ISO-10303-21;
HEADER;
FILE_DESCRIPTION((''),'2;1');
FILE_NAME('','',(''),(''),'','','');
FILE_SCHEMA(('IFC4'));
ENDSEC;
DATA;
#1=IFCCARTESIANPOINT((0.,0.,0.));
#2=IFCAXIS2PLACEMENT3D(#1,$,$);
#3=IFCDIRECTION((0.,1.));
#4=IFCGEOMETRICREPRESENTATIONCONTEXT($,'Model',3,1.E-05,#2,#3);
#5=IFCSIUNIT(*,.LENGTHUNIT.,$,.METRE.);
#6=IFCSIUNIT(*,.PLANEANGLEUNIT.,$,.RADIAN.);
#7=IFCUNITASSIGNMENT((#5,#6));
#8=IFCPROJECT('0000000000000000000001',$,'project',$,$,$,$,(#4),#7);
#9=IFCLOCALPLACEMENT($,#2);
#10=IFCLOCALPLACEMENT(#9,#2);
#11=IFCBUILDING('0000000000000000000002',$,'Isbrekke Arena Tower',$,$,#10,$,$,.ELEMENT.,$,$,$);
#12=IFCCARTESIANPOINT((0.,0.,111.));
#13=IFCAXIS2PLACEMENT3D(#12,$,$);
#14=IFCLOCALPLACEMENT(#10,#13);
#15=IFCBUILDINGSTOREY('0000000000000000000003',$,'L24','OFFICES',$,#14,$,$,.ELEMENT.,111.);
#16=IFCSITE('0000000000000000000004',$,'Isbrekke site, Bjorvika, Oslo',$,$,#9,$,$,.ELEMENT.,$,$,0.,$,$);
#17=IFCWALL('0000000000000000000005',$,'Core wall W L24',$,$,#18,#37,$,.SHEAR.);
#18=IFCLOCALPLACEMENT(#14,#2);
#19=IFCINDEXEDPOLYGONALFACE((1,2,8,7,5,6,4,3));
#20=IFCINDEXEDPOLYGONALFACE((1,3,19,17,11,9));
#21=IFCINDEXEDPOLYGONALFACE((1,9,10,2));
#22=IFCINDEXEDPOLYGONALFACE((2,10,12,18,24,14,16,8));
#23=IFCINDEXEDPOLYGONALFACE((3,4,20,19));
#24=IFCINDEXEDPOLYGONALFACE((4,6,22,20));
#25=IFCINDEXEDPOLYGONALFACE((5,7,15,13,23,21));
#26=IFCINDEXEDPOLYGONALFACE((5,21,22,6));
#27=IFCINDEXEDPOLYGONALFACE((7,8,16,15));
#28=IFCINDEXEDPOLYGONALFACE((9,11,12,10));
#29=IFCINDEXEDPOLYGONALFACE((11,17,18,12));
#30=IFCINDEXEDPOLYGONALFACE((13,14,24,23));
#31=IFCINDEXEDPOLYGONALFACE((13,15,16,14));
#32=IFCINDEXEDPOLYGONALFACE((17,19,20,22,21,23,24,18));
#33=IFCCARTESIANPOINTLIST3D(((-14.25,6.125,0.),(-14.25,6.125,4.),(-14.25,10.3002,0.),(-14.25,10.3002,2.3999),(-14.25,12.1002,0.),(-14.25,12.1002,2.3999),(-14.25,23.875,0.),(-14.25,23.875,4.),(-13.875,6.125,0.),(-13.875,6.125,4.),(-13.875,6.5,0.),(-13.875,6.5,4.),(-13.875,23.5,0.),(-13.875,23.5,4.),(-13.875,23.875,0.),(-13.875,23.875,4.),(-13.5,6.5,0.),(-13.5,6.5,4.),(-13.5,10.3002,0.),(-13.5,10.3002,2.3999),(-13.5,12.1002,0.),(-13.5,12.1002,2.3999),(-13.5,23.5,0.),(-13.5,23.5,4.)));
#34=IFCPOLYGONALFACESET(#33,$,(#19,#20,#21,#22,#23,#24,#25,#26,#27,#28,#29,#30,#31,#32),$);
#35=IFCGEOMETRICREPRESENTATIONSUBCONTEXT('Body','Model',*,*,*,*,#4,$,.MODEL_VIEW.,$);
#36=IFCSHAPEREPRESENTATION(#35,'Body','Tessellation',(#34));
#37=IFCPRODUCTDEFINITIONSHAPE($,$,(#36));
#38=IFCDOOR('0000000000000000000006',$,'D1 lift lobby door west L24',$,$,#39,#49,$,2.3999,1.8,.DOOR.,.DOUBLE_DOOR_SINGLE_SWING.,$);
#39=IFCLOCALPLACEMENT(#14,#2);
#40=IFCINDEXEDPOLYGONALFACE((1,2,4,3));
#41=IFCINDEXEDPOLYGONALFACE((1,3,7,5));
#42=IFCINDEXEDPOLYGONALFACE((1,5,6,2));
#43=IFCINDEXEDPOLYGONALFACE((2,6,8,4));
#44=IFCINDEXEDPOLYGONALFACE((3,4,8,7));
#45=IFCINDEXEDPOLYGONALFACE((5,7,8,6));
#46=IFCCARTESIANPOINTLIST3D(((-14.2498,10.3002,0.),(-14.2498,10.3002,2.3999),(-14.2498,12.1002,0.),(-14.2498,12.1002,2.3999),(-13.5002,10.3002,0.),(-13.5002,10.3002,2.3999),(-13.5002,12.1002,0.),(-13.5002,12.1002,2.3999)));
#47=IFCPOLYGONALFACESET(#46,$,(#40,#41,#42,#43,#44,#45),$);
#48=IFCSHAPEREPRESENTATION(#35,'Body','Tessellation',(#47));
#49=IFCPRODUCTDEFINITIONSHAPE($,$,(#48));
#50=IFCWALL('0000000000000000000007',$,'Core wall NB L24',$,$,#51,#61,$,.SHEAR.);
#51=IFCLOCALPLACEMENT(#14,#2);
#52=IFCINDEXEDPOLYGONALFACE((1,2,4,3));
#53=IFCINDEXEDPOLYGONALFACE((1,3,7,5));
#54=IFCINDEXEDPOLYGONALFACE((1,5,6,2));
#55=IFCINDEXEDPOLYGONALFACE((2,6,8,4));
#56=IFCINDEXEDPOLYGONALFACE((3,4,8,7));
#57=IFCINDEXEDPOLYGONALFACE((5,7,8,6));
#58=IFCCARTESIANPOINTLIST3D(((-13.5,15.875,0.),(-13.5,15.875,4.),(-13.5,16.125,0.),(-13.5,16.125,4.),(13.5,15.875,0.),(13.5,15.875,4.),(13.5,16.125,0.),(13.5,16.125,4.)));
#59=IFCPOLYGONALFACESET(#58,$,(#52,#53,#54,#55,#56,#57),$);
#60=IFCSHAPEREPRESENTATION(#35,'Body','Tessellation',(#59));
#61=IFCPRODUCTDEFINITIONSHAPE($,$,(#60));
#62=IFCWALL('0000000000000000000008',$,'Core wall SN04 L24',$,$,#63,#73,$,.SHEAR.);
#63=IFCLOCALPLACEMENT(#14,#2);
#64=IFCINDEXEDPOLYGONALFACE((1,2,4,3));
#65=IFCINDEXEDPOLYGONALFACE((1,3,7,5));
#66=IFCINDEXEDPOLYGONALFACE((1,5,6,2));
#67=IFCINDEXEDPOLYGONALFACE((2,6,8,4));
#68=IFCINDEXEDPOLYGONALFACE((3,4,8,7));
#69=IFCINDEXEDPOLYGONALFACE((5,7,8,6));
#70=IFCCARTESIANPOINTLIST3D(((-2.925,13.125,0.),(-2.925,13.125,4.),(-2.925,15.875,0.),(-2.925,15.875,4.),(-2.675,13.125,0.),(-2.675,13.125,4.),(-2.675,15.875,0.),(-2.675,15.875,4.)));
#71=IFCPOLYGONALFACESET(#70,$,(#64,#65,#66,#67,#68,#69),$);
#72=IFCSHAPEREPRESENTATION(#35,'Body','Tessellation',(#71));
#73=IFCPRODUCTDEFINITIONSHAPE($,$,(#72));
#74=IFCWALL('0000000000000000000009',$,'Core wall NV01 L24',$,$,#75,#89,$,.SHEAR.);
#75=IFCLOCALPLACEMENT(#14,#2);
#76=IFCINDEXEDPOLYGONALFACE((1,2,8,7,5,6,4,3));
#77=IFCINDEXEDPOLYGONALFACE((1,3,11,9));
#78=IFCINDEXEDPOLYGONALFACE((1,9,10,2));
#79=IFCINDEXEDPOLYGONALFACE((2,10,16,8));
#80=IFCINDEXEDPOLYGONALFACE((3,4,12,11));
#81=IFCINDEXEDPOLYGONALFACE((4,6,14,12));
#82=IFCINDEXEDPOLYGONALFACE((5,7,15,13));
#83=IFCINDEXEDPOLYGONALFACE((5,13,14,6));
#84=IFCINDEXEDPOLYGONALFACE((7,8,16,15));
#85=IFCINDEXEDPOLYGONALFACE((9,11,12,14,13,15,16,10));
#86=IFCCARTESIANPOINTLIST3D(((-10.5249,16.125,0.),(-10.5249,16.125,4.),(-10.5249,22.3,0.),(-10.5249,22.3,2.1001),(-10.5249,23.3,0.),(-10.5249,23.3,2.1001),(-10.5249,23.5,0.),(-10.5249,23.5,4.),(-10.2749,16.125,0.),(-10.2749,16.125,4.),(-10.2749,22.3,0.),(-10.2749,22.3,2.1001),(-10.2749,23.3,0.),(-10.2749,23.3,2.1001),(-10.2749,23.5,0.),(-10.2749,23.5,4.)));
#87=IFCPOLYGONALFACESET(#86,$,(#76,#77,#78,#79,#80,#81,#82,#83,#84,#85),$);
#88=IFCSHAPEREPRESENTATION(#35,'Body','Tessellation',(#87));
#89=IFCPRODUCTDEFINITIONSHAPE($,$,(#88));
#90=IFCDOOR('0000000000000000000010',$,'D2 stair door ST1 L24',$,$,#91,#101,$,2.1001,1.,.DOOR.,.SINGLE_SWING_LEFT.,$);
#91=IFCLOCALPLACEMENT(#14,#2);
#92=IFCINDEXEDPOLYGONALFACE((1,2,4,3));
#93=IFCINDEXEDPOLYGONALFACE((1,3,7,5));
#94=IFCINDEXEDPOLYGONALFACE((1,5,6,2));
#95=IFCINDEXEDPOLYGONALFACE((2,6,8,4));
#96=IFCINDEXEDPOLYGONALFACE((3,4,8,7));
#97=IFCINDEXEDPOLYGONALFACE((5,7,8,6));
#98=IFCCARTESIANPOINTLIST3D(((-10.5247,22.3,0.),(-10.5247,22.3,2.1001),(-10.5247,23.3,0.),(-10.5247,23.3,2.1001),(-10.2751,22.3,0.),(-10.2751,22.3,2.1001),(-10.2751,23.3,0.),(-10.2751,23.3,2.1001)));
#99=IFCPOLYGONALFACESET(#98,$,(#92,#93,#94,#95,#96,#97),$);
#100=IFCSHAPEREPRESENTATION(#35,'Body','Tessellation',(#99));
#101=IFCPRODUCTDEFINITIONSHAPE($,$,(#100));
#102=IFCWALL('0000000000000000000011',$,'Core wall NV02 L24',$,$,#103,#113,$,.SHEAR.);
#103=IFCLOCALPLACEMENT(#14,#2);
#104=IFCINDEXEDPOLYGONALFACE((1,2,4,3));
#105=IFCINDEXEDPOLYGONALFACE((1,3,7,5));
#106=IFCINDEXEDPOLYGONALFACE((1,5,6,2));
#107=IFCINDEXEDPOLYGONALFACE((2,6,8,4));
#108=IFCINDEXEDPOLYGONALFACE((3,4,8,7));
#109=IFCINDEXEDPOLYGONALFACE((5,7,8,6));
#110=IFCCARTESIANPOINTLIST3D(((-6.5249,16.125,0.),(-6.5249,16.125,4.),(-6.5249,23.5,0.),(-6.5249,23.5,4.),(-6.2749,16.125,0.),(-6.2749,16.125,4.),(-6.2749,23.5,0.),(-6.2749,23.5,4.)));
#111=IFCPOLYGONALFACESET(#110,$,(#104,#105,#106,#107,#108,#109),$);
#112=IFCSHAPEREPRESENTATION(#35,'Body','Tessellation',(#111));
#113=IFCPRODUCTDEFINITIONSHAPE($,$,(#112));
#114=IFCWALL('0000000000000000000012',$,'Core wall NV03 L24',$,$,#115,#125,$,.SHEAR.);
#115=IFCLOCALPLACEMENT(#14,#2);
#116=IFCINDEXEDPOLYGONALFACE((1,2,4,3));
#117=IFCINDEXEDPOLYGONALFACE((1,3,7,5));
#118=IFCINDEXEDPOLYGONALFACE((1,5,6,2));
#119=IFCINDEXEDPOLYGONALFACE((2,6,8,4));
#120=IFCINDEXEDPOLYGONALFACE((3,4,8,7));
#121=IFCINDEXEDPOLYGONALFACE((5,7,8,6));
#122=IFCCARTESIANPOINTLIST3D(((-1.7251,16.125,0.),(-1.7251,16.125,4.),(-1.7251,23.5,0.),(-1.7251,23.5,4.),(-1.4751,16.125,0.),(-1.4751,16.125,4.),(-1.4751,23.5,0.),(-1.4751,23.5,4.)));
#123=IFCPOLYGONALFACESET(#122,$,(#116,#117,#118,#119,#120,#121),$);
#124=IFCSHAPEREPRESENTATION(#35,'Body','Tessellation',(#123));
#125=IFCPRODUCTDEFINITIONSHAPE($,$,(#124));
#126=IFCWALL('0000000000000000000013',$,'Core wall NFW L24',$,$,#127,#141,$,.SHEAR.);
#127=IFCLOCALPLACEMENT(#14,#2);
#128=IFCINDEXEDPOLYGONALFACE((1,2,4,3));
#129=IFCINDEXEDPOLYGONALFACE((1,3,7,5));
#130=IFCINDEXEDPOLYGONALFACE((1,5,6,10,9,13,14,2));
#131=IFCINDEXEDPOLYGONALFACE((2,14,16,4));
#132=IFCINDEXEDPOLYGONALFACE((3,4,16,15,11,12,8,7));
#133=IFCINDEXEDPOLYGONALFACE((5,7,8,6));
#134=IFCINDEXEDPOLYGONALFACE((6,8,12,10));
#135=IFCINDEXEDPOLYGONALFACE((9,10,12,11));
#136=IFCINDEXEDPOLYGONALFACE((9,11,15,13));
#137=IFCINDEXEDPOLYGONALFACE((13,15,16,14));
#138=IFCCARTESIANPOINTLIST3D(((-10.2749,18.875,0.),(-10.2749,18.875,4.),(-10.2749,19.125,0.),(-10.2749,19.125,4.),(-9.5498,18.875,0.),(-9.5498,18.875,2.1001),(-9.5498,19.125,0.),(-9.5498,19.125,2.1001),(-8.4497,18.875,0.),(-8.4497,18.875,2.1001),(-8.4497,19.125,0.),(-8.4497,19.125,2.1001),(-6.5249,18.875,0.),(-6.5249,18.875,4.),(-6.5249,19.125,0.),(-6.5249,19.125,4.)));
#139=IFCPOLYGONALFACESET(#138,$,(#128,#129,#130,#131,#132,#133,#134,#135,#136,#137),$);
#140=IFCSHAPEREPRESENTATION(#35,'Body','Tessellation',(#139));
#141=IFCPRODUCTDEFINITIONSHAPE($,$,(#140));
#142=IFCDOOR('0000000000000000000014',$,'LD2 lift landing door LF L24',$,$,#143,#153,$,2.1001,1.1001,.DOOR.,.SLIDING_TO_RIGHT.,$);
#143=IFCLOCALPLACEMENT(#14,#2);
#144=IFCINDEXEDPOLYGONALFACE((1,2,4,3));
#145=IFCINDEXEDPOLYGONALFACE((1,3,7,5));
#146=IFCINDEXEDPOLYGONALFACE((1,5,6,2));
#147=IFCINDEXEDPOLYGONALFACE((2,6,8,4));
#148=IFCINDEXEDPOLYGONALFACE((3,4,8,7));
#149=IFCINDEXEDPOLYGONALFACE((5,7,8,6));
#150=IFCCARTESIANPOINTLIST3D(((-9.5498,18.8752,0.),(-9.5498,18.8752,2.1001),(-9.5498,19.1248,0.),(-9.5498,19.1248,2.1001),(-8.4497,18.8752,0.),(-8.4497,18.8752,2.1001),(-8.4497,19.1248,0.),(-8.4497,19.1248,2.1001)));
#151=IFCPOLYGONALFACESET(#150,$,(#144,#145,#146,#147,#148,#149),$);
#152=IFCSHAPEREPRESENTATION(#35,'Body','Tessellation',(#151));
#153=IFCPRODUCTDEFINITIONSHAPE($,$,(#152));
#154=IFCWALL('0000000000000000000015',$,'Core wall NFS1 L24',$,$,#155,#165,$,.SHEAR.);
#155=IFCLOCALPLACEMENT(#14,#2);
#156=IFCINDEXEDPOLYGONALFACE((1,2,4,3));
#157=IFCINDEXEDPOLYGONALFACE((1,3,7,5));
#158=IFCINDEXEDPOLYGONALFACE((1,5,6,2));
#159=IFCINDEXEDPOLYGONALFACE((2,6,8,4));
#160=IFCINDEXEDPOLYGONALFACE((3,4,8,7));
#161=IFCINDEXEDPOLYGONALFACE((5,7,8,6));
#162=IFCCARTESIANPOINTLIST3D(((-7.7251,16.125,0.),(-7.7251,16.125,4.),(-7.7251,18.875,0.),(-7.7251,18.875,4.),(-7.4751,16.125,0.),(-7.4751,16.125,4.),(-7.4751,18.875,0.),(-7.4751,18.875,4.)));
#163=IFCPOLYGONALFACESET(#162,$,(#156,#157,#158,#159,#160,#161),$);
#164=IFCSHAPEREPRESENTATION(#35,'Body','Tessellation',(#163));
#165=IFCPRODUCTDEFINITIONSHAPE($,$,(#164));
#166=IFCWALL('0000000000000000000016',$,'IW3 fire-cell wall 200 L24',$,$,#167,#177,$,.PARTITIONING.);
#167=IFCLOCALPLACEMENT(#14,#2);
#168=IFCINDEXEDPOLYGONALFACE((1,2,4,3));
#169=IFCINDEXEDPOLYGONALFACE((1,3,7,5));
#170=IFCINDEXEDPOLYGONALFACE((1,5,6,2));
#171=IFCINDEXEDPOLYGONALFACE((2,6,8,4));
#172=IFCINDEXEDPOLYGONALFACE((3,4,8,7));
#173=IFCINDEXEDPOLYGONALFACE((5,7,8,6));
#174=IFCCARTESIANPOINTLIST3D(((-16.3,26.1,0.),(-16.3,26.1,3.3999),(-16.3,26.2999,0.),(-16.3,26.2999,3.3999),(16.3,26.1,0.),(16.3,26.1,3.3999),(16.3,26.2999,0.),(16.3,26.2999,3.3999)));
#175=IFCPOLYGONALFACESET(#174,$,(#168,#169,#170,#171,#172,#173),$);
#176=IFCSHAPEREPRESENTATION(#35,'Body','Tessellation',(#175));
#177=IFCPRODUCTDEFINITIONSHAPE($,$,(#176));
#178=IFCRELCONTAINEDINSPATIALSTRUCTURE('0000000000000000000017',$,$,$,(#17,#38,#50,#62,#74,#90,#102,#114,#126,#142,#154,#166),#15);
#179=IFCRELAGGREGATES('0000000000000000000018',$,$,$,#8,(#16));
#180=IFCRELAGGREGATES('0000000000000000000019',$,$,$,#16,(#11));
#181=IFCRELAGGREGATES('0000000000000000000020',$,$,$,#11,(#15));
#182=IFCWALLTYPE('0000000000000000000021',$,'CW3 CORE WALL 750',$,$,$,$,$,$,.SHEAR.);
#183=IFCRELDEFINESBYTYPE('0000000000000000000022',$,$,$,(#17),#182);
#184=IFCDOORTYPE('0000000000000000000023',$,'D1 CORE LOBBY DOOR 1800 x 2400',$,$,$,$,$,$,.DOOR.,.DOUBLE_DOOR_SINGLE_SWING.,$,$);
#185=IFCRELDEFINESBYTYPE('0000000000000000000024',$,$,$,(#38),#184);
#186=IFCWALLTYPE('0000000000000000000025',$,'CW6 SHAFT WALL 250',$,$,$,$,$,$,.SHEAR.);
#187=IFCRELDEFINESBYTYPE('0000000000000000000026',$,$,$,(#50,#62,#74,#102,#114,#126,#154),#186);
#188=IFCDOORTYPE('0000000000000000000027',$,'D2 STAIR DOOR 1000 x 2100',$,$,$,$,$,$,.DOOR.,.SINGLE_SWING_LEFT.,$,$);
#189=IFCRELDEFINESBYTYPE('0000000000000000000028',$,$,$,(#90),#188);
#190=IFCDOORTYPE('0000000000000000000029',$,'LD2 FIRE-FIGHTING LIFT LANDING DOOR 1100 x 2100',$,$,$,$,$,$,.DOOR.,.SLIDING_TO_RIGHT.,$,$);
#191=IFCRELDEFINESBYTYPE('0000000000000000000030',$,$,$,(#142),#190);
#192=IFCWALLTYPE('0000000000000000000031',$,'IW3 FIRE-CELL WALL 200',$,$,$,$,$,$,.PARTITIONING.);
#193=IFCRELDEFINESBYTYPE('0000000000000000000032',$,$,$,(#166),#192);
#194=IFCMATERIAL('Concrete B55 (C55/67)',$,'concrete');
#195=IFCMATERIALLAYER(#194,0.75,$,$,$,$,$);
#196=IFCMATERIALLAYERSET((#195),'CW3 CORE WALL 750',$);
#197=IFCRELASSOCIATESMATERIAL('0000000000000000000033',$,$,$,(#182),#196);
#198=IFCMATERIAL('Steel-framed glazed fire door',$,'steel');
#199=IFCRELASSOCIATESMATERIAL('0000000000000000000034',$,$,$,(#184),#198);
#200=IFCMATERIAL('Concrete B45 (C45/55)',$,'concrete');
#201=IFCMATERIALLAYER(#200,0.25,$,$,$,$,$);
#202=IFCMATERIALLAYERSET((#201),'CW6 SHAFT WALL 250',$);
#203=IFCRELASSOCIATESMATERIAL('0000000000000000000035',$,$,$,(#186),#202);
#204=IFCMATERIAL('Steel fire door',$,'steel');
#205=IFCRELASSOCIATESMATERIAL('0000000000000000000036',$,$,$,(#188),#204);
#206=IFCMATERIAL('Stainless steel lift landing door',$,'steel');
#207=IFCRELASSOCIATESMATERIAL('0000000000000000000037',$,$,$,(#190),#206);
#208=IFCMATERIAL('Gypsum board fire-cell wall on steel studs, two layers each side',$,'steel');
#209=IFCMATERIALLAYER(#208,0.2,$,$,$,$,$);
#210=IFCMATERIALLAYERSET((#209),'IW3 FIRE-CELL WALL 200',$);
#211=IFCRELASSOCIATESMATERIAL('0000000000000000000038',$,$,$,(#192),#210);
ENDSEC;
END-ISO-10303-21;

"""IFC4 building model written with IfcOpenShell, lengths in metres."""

from ifc_helpers import new_model, si_unit, direction, frame, frame_2d, origin, place, context, subcontext, project, spatial, polyline, rectangle, outline, extrude, material, layer, layer_set, type_object, element, fill, save


model = new_model("IFC4")

# Units and contexts
model_context = context("Model", 3, precision=1e-05, world=origin(), true_north=direction((0.0, 1.0)))
body_context = subcontext(model_context, "Body", "Model", "MODEL_VIEW")
ifc_project = project(units=[si_unit("LENGTHUNIT", "METRE"), si_unit("PLANEANGLEUNIT", "RADIAN")], contexts=[model_context])

# Site, building, storey
site_placement = place(None, origin())
site = spatial("IfcSite", under=ifc_project, at=site_placement, Name="Isbrekke site, Bjorvika, Oslo", CompositionType="ELEMENT", RefElevation=0.0)
building_placement = place(site_placement, origin())
building = spatial("IfcBuilding", under=site, at=building_placement, Name="Isbrekke Arena Tower", CompositionType="ELEMENT")
storey_placement = place(building_placement, frame((0.0, 0.0, 111.0)))
storey = spatial("IfcBuildingStorey", under=building, at=storey_placement, Name="L24", Description="OFFICES", CompositionType="ELEMENT", Elevation=111.0)

# Wall, opening, door
ifc_material_1 = material(Name="Concrete B55 (C55/67)", Category="concrete")
ifc_layer_1 = layer(ifc_material_1, 0.75)
ifc_layer_set_1 = layer_set([ifc_layer_1], Name="CW3 CORE WALL 750")
wall_type_1 = type_object("IfcWallType", Name="CW3 CORE WALL 750", PredefinedType="SHEAR", material=ifc_layer_set_1)
wall_1_placement = place(storey_placement, frame((-13.875, 23.875, 0.0), z_axis=(0.0, 0.0, 1.0), x_axis=(0.0, -1.0, 0.0)))
wall_1 = element("IfcWall", 1, at=wall_1_placement, inside=storey, type_object=wall_type_1, Name="Core wall W L24", PredefinedType="SHEAR", context=body_context, shape_type="SweptSolid", body=[
    extrude(outline(polyline([(0.0, -0.375), (17.75, -0.375), (17.75, 0.0), (17.375, 0.0), (17.375, 0.375), (0.375, 0.375), (0.375, 0.0), (0.0, 0.0), (0.0, -0.375)])), origin(), (0.0, 0.0, 1.0), 4.0),
])
opening_1_placement = place(wall_1_placement, frame((11.7749, 0.0, 0.0)))
opening_1 = element("IfcOpeningElement", 2, at=opening_1_placement, cuts=wall_1, PredefinedType="OPENING", context=body_context, shape_type="SweptSolid", body=[
    extrude(rectangle(XDim=1.8, YDim=2.3999, at=frame_2d((0.8999, 1.2))), frame((0.0, 0.3899, 0.0), z_axis=(0.0, -1.0, 0.0), x_axis=(1.0, 0.0, 0.0)), (0.0, 0.0, 1.0), 0.7798),
])
ifc_material_2 = material(Name="Steel-framed glazed fire door", Category="steel")
door_type_1 = type_object("IfcDoorType", Name="D1 CORE LOBBY DOOR 1800 x 2400", OperationType="DOUBLE_DOOR_SINGLE_SWING", PredefinedType="DOOR", material=ifc_material_2)
door_1_placement = place(opening_1_placement, origin())
door_1 = element("IfcDoor", 3, at=door_1_placement, inside=storey, type_object=door_type_1, Name="D1 lift lobby door west L24", OperationType="DOUBLE_DOOR_SINGLE_SWING", OverallHeight=2.3999, OverallWidth=1.8, PredefinedType="DOOR", context=body_context, shape_type="SweptSolid", body=[
    extrude(rectangle(XDim=1.8, YDim=2.3999, at=frame_2d((0.8999, 1.2))), frame((0.0, 0.3748, 0.0), z_axis=(0.0, -1.0, 0.0), x_axis=(1.0, 0.0, 0.0)), (0.0, 0.0, 1.0), 0.7495),
])
fill(opening_1, door_1)

# Walls
ifc_material_3 = material(Name="Concrete B45 (C45/55)", Category="concrete")
ifc_layer_2 = layer(ifc_material_3, 0.25)
ifc_layer_set_2 = layer_set([ifc_layer_2], Name="CW6 SHAFT WALL 250")
wall_type_2 = type_object("IfcWallType", Name="CW6 SHAFT WALL 250", PredefinedType="SHEAR", material=ifc_layer_set_2)
wall_2_placement = place(storey_placement, frame((-13.5, 16.0, 0.0), z_axis=(0.0, 0.0, 1.0), x_axis=(1.0, 0.0, 0.0)))
element("IfcWall", 4, at=wall_2_placement, inside=storey, type_object=wall_type_2, Name="Core wall NB L24", PredefinedType="SHEAR", context=body_context, shape_type="SweptSolid", body=[
    extrude(rectangle(XDim=27.0, YDim=0.25, at=frame_2d((13.5, 0.0))), origin(), (0.0, 0.0, 1.0), 4.0),
])
wall_3_placement = place(storey_placement, frame((-2.8, 13.125, 0.0), z_axis=(0.0, 0.0, 1.0), x_axis=(0.0, 1.0, 0.0)))
element("IfcWall", 5, at=wall_3_placement, inside=storey, type_object=wall_type_2, Name="Core wall SN04 L24", PredefinedType="SHEAR", context=body_context, shape_type="SweptSolid", body=[
    extrude(rectangle(XDim=2.75, YDim=0.25, at=frame_2d((1.375, 0.0))), origin(), (0.0, 0.0, 1.0), 4.0),
])

# Wall, opening, door
wall_4_placement = place(storey_placement, frame((-10.3999, 16.125, 0.0), z_axis=(0.0, 0.0, 1.0), x_axis=(0.0, 1.0, 0.0)))
wall_4 = element("IfcWall", 6, at=wall_4_placement, inside=storey, type_object=wall_type_2, Name="Core wall NV01 L24", PredefinedType="SHEAR", context=body_context, shape_type="SweptSolid", body=[
    extrude(rectangle(XDim=7.375, YDim=0.25, at=frame_2d((3.6875, 0.0))), origin(), (0.0, 0.0, 1.0), 4.0),
])
opening_2_placement = place(wall_4_placement, frame((6.175, 0.0, 0.0)))
opening_2 = element("IfcOpeningElement", 7, at=opening_2_placement, cuts=wall_4, PredefinedType="OPENING", context=body_context, shape_type="SweptSolid", body=[
    extrude(rectangle(XDim=1.0, YDim=2.1001, at=frame_2d((0.5, 1.05))), frame((0.0, 0.1399, 0.0), z_axis=(0.0, -1.0, 0.0), x_axis=(1.0, 0.0, 0.0)), (0.0, 0.0, 1.0), 0.2798),
])
ifc_material_4 = material(Name="Steel fire door", Category="steel")
door_type_2 = type_object("IfcDoorType", Name="D2 STAIR DOOR 1000 x 2100", OperationType="SINGLE_SWING_LEFT", PredefinedType="DOOR", material=ifc_material_4)
door_2_placement = place(opening_2_placement, origin())
door_2 = element("IfcDoor", 8, at=door_2_placement, inside=storey, type_object=door_type_2, Name="D2 stair door ST1 L24", OperationType="SINGLE_SWING_LEFT", OverallHeight=2.1001, OverallWidth=1.0, PredefinedType="DOOR", context=body_context, shape_type="SweptSolid", body=[
    extrude(rectangle(XDim=1.0, YDim=2.1001, at=frame_2d((0.5, 1.05))), frame((0.0, 0.1248, 0.0), z_axis=(0.0, -1.0, 0.0), x_axis=(1.0, 0.0, 0.0)), (0.0, 0.0, 1.0), 0.2495),
])
fill(opening_2, door_2)

# Walls
for number, where, z_axis, x_axis, name in (
    (9, (-6.3999, 16.125, 0.0), (0.0, 0.0, 1.0), (0.0, 1.0, 0.0), "Core wall NV02 L24"),
    (10, (-1.6001, 16.125, 0.0), (0.0, 0.0, 1.0), (0.0, 1.0, 0.0), "Core wall NV03 L24"),
):
    element("IfcWall", number, at=place(storey_placement, frame(where, z_axis=z_axis, x_axis=x_axis)), inside=storey, type_object=wall_type_2, Name=name, PredefinedType="SHEAR", context=body_context, shape_type="SweptSolid", body=[
        extrude(rectangle(XDim=7.375, YDim=0.25, at=frame_2d((3.6875, 0.0))), origin(), (0.0, 0.0, 1.0), 4.0),
    ])

# Wall, opening, door
wall_5_placement = place(storey_placement, frame((-10.2749, 19.0, 0.0), z_axis=(0.0, 0.0, 1.0), x_axis=(1.0, 0.0, 0.0)))
wall_5 = element("IfcWall", 11, at=wall_5_placement, inside=storey, type_object=wall_type_2, Name="Core wall NFW L24", PredefinedType="SHEAR", context=body_context, shape_type="SweptSolid", body=[
    extrude(rectangle(XDim=3.75, YDim=0.25, at=frame_2d((1.875, 0.0))), origin(), (0.0, 0.0, 1.0), 4.0),
])
opening_3_placement = place(wall_5_placement, frame((0.7251, 0.0, 0.0)))
opening_3 = element("IfcOpeningElement", 12, at=opening_3_placement, cuts=wall_5, PredefinedType="OPENING", context=body_context, shape_type="SweptSolid", body=[
    extrude(rectangle(XDim=1.1001, YDim=2.1001, at=frame_2d((0.55, 1.05))), frame((0.0, 0.1399, 0.0), z_axis=(0.0, -1.0, 0.0), x_axis=(1.0, 0.0, 0.0)), (0.0, 0.0, 1.0), 0.2798),
])
ifc_material_5 = material(Name="Stainless steel lift landing door", Category="steel")
door_type_3 = type_object("IfcDoorType", Name="LD2 FIRE-FIGHTING LIFT LANDING DOOR 1100 x 2100", OperationType="SLIDING_TO_RIGHT", PredefinedType="DOOR", material=ifc_material_5)
door_3_placement = place(opening_3_placement, origin())
door_3 = element("IfcDoor", 13, at=door_3_placement, inside=storey, type_object=door_type_3, Name="LD2 lift landing door LF L24", OperationType="SLIDING_TO_RIGHT", OverallHeight=2.1001, OverallWidth=1.1001, PredefinedType="DOOR", context=body_context, shape_type="SweptSolid", body=[
    extrude(rectangle(XDim=1.1001, YDim=2.1001, at=frame_2d((0.55, 1.05))), frame((0.0, 0.1248, 0.0), z_axis=(0.0, -1.0, 0.0), x_axis=(1.0, 0.0, 0.0)), (0.0, 0.0, 1.0), 0.2495),
])
fill(opening_3, door_3)

# Walls
wall_6_placement = place(storey_placement, frame((-7.6001, 16.125, 0.0), z_axis=(0.0, 0.0, 1.0), x_axis=(0.0, 1.0, 0.0)))
element("IfcWall", 14, at=wall_6_placement, inside=storey, type_object=wall_type_2, Name="Core wall NFS1 L24", PredefinedType="SHEAR", context=body_context, shape_type="SweptSolid", body=[
    extrude(rectangle(XDim=2.75, YDim=0.25, at=frame_2d((1.375, 0.0))), origin(), (0.0, 0.0, 1.0), 4.0),
])
ifc_material_6 = material(Name="Gypsum board fire-cell wall on steel studs, two layers each side", Category="steel")
ifc_layer_3 = layer(ifc_material_6, 0.2)
ifc_layer_set_3 = layer_set([ifc_layer_3], Name="IW3 FIRE-CELL WALL 200")
wall_type_3 = type_object("IfcWallType", Name="IW3 FIRE-CELL WALL 200", PredefinedType="PARTITIONING", material=ifc_layer_set_3)
wall_7_placement = place(storey_placement, frame((-16.3, 26.2, 0.0), z_axis=(0.0, 0.0, 1.0), x_axis=(1.0, 0.0, 0.0)))
element("IfcWall", 15, at=wall_7_placement, inside=storey, type_object=wall_type_3, Name="IW3 fire-cell wall 200 L24", PredefinedType="PARTITIONING", context=body_context, shape_type="SweptSolid", body=[
    extrude(rectangle(XDim=32.6001, YDim=0.2, at=frame_2d((16.3, 0.0))), origin(), (0.0, 0.0, 1.0), 3.3999),
])

save(model, "model.ifc")
